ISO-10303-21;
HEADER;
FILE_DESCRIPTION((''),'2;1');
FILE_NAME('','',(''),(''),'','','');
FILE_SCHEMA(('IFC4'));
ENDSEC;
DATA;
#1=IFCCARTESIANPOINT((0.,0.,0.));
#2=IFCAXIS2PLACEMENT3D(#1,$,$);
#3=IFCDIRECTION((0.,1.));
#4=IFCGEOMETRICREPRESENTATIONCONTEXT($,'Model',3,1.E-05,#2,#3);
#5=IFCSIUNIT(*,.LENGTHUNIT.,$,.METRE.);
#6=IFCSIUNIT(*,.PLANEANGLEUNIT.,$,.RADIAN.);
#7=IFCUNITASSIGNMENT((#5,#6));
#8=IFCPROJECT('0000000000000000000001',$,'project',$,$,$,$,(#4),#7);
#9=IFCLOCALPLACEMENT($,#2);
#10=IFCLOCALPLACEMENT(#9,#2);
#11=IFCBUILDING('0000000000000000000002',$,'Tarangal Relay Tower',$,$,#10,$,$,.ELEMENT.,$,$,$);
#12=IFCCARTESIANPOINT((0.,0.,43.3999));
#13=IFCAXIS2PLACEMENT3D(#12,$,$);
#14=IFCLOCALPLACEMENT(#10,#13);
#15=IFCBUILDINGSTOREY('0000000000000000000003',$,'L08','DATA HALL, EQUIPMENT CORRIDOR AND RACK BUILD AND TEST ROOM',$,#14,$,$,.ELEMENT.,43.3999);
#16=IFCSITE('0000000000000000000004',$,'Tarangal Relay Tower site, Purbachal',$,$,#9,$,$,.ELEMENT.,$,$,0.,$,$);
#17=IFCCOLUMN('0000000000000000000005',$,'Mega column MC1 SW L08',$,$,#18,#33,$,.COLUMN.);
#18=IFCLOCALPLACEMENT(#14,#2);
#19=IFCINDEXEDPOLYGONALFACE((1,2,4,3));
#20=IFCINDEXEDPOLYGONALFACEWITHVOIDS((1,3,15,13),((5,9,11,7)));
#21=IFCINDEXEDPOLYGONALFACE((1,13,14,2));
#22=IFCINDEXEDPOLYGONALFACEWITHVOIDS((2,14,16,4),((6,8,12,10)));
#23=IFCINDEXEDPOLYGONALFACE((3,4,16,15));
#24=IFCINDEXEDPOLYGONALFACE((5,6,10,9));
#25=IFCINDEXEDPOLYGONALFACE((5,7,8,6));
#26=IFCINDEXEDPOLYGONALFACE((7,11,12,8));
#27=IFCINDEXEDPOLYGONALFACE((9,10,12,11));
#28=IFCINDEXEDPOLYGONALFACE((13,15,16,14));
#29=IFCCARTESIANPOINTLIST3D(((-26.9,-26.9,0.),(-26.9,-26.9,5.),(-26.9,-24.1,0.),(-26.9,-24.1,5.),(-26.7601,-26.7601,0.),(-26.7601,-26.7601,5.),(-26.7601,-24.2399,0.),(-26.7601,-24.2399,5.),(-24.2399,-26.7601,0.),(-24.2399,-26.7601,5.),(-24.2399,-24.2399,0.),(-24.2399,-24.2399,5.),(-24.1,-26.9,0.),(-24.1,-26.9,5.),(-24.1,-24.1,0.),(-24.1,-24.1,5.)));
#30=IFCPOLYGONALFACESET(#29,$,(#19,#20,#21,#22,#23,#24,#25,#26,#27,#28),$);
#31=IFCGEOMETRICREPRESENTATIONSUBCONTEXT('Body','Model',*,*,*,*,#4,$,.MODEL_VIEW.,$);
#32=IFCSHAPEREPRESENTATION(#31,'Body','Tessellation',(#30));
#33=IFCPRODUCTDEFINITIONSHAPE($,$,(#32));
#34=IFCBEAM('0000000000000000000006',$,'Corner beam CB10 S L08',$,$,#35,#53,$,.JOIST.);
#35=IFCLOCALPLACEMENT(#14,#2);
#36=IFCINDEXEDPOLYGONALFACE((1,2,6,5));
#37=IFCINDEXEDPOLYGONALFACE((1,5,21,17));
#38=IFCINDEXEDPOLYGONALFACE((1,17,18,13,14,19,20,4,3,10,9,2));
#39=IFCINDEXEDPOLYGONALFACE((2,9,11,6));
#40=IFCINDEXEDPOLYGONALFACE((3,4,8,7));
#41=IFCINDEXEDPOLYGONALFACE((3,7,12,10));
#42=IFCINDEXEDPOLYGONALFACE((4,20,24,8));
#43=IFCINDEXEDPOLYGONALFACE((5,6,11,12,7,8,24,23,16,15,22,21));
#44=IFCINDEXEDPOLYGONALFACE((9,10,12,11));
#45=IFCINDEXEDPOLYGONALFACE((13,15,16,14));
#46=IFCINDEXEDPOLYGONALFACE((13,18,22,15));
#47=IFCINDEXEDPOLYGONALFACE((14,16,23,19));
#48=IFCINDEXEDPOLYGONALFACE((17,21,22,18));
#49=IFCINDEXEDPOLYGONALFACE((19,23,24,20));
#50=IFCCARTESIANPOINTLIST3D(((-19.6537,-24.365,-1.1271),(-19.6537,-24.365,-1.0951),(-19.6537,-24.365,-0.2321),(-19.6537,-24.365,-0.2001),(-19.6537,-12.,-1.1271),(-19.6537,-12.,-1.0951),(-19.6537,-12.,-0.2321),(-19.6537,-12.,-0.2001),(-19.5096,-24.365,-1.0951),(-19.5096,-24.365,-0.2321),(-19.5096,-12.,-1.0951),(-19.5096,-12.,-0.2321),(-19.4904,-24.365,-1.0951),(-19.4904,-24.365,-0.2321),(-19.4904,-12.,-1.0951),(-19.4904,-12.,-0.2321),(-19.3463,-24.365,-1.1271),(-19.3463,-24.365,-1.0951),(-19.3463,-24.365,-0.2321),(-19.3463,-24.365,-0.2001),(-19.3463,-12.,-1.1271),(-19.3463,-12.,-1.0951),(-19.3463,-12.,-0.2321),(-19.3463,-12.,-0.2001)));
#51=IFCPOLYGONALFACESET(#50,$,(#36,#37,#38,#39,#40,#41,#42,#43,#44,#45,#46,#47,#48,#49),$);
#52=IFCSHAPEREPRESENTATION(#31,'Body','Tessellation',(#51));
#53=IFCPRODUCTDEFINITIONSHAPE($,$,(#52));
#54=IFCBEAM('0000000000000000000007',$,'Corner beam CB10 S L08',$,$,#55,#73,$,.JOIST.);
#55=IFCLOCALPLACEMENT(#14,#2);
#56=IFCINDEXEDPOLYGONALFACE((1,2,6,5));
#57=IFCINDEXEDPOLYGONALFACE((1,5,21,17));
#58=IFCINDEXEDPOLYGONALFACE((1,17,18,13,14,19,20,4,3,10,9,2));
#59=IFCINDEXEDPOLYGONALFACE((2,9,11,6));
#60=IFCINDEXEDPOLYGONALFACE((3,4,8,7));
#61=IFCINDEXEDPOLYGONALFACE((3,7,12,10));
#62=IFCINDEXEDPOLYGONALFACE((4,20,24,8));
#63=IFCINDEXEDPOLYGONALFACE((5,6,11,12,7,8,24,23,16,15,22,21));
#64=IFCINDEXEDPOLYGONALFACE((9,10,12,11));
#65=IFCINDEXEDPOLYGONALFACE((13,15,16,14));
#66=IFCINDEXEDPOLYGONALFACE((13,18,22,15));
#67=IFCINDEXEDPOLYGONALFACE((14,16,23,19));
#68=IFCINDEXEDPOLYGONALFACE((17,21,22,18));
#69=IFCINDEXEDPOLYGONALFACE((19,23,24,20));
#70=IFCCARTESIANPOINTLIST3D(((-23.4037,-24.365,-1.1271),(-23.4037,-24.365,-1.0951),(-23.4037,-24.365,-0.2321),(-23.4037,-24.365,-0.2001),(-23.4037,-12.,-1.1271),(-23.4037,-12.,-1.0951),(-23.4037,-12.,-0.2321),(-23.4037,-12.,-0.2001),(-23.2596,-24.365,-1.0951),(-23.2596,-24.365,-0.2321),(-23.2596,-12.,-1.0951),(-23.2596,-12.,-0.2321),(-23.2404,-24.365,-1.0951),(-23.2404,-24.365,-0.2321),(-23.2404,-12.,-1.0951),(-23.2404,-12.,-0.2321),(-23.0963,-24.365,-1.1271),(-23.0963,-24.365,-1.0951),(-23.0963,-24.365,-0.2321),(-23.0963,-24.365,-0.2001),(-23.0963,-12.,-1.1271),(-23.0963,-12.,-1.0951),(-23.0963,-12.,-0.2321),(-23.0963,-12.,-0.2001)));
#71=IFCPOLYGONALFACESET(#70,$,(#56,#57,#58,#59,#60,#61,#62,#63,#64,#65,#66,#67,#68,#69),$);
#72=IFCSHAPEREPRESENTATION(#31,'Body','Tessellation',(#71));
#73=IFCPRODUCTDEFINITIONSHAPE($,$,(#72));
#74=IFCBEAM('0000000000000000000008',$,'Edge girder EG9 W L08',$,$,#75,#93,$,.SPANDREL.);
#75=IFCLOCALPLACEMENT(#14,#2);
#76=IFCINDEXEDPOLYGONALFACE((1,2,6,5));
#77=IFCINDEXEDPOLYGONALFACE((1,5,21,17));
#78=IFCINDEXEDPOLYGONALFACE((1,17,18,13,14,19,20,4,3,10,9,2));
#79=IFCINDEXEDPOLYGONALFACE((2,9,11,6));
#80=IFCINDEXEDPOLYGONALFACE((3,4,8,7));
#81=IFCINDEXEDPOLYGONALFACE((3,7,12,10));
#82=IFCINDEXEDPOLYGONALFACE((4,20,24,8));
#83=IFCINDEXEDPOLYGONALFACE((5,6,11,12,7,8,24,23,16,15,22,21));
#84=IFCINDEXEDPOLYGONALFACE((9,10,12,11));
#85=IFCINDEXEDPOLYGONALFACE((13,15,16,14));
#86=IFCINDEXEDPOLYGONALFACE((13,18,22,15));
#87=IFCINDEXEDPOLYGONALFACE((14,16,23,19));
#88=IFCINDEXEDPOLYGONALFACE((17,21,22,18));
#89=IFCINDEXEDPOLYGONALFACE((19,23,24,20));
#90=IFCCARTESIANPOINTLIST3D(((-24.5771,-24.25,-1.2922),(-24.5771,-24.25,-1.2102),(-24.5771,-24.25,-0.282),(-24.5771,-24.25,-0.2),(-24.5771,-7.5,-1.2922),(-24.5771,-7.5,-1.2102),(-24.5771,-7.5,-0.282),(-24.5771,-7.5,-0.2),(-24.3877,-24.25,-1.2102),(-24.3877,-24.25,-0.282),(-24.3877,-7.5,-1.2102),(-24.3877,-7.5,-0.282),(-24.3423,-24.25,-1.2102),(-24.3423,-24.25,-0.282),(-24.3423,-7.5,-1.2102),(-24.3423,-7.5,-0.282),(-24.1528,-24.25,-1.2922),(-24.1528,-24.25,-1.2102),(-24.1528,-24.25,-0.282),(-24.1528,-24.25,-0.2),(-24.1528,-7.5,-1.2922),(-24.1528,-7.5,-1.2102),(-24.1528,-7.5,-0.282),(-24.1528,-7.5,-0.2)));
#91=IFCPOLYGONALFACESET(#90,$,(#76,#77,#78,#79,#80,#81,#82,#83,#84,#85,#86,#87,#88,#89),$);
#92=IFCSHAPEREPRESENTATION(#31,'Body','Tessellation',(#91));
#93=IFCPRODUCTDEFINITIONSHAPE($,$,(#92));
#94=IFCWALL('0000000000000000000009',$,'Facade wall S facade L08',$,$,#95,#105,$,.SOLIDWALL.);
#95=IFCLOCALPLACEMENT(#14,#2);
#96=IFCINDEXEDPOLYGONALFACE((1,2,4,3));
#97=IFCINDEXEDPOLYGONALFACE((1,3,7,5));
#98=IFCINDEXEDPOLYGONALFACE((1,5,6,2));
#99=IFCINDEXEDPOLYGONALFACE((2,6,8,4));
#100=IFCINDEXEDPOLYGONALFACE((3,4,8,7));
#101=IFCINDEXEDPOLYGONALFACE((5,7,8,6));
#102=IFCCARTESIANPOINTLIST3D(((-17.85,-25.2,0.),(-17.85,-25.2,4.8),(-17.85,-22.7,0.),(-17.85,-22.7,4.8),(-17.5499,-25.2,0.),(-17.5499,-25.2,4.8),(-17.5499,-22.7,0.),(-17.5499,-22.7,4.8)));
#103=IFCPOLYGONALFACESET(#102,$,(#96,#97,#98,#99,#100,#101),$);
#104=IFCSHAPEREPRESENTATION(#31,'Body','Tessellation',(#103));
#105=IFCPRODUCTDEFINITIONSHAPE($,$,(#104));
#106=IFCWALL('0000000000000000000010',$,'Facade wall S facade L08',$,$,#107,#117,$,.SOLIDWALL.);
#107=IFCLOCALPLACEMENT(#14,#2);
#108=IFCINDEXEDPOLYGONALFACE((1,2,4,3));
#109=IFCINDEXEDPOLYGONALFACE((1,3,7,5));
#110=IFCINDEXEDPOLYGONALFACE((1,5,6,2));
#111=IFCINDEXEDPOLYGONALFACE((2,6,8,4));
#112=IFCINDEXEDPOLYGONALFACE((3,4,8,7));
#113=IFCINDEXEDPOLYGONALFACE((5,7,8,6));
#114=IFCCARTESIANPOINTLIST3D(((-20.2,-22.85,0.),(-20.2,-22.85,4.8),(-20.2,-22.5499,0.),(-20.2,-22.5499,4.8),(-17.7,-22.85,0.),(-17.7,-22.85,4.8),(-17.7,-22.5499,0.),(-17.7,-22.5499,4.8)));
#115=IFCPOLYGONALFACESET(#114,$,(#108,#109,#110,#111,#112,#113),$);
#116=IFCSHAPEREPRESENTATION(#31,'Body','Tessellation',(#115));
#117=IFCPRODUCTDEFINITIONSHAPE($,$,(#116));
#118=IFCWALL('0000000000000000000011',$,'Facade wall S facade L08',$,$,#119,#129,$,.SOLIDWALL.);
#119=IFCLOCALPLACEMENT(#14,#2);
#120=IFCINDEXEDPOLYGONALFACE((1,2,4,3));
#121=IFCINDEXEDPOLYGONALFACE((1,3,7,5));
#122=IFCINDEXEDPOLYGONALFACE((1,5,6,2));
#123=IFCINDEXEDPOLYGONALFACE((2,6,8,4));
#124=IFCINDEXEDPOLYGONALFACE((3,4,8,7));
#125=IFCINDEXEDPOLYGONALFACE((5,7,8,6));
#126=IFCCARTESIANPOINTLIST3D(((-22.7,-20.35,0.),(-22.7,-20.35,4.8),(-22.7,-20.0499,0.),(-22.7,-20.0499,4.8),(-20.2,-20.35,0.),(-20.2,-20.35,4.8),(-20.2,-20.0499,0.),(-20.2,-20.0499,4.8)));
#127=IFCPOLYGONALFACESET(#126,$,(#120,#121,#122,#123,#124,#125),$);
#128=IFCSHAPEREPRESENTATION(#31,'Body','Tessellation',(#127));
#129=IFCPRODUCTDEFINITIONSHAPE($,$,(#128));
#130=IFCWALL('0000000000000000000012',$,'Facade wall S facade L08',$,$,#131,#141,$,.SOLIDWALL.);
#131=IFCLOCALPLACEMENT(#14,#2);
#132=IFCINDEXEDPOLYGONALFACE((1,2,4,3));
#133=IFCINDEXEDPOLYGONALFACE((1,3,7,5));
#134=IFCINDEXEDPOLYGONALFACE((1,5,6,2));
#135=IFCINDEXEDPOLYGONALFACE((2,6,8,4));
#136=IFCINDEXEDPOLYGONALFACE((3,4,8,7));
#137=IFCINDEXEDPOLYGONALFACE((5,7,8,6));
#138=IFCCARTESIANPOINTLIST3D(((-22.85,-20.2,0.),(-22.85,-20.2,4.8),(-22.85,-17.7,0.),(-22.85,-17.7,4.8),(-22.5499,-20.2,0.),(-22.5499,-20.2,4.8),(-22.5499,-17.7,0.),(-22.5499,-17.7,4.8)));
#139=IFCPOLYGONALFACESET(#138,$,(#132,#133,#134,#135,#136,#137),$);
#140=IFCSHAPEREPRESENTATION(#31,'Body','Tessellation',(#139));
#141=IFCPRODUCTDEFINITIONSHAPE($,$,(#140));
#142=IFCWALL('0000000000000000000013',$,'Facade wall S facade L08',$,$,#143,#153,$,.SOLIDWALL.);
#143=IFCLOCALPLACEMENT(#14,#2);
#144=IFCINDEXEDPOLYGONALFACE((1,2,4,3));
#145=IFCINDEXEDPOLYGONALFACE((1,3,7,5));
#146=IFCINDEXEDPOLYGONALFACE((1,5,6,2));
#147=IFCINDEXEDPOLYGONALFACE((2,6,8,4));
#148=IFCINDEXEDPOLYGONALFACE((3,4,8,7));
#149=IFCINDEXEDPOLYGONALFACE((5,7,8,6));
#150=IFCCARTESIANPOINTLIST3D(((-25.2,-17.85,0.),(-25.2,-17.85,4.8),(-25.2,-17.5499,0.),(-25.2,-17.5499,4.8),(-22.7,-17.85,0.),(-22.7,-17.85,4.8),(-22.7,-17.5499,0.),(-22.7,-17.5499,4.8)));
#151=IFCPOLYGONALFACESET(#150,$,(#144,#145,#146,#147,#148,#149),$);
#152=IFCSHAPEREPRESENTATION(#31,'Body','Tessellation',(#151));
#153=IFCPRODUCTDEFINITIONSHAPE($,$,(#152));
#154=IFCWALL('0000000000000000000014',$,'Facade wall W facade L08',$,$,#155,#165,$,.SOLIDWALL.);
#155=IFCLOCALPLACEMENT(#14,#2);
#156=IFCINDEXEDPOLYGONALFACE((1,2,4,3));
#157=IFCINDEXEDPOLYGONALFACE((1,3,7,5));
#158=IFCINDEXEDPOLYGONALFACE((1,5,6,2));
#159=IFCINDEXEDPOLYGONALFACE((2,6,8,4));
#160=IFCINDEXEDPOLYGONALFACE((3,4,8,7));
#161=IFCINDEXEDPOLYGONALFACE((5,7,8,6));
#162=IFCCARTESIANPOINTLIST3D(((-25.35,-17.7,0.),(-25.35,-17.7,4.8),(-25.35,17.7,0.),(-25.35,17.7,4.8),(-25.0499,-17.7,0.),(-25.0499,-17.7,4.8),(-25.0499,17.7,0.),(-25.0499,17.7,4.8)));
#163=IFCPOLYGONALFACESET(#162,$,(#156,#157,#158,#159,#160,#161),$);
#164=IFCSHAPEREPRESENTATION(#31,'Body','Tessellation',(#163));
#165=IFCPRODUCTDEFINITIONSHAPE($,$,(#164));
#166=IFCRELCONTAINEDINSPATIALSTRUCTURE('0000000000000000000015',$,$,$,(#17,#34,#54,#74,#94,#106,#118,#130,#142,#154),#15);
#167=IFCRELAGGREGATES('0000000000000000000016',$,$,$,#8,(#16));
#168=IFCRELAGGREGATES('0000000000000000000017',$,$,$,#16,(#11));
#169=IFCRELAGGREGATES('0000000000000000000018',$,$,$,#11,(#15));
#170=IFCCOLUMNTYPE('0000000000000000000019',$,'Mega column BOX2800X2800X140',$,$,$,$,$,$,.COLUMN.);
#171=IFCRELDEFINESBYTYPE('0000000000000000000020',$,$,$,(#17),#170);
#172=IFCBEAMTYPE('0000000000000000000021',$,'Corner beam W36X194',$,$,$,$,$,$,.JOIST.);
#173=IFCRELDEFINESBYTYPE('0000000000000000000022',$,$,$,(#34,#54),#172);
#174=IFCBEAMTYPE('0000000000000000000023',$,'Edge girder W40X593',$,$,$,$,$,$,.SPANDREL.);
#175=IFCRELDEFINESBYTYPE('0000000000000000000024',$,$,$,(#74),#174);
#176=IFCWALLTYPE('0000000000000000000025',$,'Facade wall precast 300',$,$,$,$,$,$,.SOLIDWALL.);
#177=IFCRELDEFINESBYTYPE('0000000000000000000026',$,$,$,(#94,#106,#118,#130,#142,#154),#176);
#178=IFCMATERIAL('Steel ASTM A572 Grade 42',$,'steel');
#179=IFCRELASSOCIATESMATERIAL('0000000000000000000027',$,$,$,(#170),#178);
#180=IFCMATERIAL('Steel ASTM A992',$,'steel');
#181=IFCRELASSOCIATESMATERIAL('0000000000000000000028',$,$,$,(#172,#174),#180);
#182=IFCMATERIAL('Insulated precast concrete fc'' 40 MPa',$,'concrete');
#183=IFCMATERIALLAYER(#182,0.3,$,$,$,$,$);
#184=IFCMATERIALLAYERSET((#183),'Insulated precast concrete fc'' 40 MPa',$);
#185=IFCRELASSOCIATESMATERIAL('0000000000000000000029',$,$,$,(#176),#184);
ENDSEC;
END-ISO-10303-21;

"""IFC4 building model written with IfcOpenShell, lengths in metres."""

from ifc_helpers import new_model, si_unit, direction, frame, frame_2d, origin, origin_2d, place, context, subcontext, project, spatial, rectangle, hollow_rectangle, i_section, extrude, material, layer, layer_set, material_profile, profile_set, type_object, element, save


model = new_model("IFC4")

# Units and contexts
model_context = context("Model", 3, precision=1e-05, world=origin(), true_north=direction((0.0, 1.0)))
body_context = subcontext(model_context, "Body", "Model", "MODEL_VIEW")
ifc_project = project(units=[si_unit("LENGTHUNIT", "METRE"), si_unit("PLANEANGLEUNIT", "RADIAN")], contexts=[model_context])

# Site, building, storey
site_placement = place(None, origin())
site = spatial("IfcSite", under=ifc_project, at=site_placement, Name="Tarangal Relay Tower site, Purbachal", CompositionType="ELEMENT", RefElevation=0.0)
building_placement = place(site_placement, origin())
building = spatial("IfcBuilding", under=site, at=building_placement, Name="Tarangal Relay Tower", CompositionType="ELEMENT")
storey_placement = place(building_placement, frame((0.0, 0.0, 43.3999)))
storey = spatial("IfcBuildingStorey", under=building, at=storey_placement, Name="L08", Description="DATA HALL, EQUIPMENT CORRIDOR AND RACK BUILD AND TEST ROOM", CompositionType="ELEMENT", Elevation=43.3999)

# Column
ifc_material_1 = material(Name="Steel ASTM A572 Grade 42", Category="steel")
ifc_material_profile_1 = material_profile(ifc_material_1, hollow_rectangle(XDim=2.8, YDim=2.8, WallThickness=0.1399, at=origin_2d()), Name="BOX2800X2800X140")
ifc_profile_set_1 = profile_set([ifc_material_profile_1], Name="Steel ASTM A572 Grade 42")
column_type = type_object("IfcColumnType", Name="Mega column BOX2800X2800X140", PredefinedType="COLUMN", material=ifc_profile_set_1)
column_placement = place(storey_placement, frame((-25.5, -25.5, 0.0), z_axis=(0.0, 0.0, 1.0), x_axis=(1.0, 0.0, 0.0)))
element("IfcColumn", 1, at=column_placement, inside=storey, type_object=column_type, Name="Mega column MC1 SW L08", PredefinedType="COLUMN", context=body_context, shape_type="SweptSolid", body=[
    extrude(hollow_rectangle(XDim=2.8, YDim=2.8, WallThickness=0.1399, at=origin_2d()), origin(), (0.0, 0.0, 1.0), 5.0),
])

# Beams
ifc_material_2 = material(Name="Steel ASTM A992", Category="steel")
ifc_material_profile_2 = material_profile(ifc_material_2, i_section(OverallWidth=0.3074, OverallDepth=0.927, WebThickness=0.0193, FlangeThickness=0.032, at=origin_2d()), Name="W36X194")
ifc_profile_set_2 = profile_set([ifc_material_profile_2], Name="Steel ASTM A992")
beam_type_1 = type_object("IfcBeamType", Name="Corner beam W36X194", PredefinedType="JOIST", material=ifc_profile_set_2)
for number, where, z_axis, x_axis, name in (
    (2, (-19.5, -12.0, -0.6636), (0.0, -1.0, 0.0), (1.0, 0.0, 0.0), "Corner beam CB10 S L08"),
    (3, (-23.25, -12.0, -0.6636), (0.0, -1.0, 0.0), (1.0, 0.0, 0.0), "Corner beam CB10 S L08"),
):
    element("IfcBeam", number, at=place(storey_placement, frame(where, z_axis=z_axis, x_axis=x_axis)), inside=storey, type_object=beam_type_1, Name=name, PredefinedType="JOIST", context=body_context, shape_type="SweptSolid", body=[
        extrude(i_section(OverallWidth=0.3074, OverallDepth=0.927, WebThickness=0.0193, FlangeThickness=0.032, at=origin_2d()), origin(), (0.0, 0.0, 1.0), 12.365),
    ])
ifc_material_profile_3 = material_profile(ifc_material_2, i_section(OverallWidth=0.4243, OverallDepth=1.0923, WebThickness=0.0454, FlangeThickness=0.082, at=origin_2d()), Name="W40X593")
ifc_profile_set_3 = profile_set([ifc_material_profile_3], Name="Steel ASTM A992")
beam_type_2 = type_object("IfcBeamType", Name="Edge girder W40X593", PredefinedType="SPANDREL", material=ifc_profile_set_3)
beam_placement = place(storey_placement, frame((-24.365, -24.25, -0.7461), z_axis=(0.0, 1.0, 0.0), x_axis=(-1.0, 0.0, 0.0)))
element("IfcBeam", 4, at=beam_placement, inside=storey, type_object=beam_type_2, Name="Edge girder EG9 W L08", PredefinedType="SPANDREL", context=body_context, shape_type="SweptSolid", body=[
    extrude(i_section(OverallWidth=0.4243, OverallDepth=1.0923, WebThickness=0.0454, FlangeThickness=0.082, at=origin_2d()), origin(), (0.0, 0.0, 1.0), 16.75),
])

# Walls
ifc_material_3 = material(Name="Insulated precast concrete fc' 40 MPa", Category="concrete")
ifc_layer_1 = layer(ifc_material_3, 0.3)
ifc_layer_set_1 = layer_set([ifc_layer_1], Name="Insulated precast concrete fc' 40 MPa")
wall_type_1 = type_object("IfcWallType", Name="Facade wall precast 300", PredefinedType="SOLIDWALL", material=ifc_layer_set_1)
for number, where, z_axis, x_axis, name in (
    (5, (-17.7, -25.2, 0.0), (0.0, 0.0, 1.0), (0.0, 1.0, 0.0), "Facade wall S facade L08"),
    (6, (-17.7, -22.7, 0.0), (0.0, 0.0, 1.0), (-1.0, 0.0, 0.0), "Facade wall S facade L08"),
):
    element("IfcWall", number, at=place(storey_placement, frame(where, z_axis=z_axis, x_axis=x_axis)), inside=storey, type_object=wall_type_1, Name=name, PredefinedType="SOLIDWALL", context=body_context, shape_type="SweptSolid", body=[
        extrude(rectangle(XDim=2.5, YDim=0.3, at=frame_2d((1.25, 0.0))), origin(), (0.0, 0.0, 1.0), 4.8),
    ])

# Walls
for number, where, z_axis, x_axis, name in (
    (7, (-20.2, -20.2, 0.0), (0.0, 0.0, 1.0), (-1.0, 0.0, 0.0), "Facade wall S facade L08"),
    (8, (-22.7, -20.2, 0.0), (0.0, 0.0, 1.0), (0.0, 1.0, 0.0), "Facade wall S facade L08"),
    (9, (-22.7, -17.7, 0.0), (0.0, 0.0, 1.0), (-1.0, 0.0, 0.0), "Facade wall S facade L08"),
):
    element("IfcWall", number, at=place(storey_placement, frame(where, z_axis=z_axis, x_axis=x_axis)), inside=storey, type_object=wall_type_1, Name=name, PredefinedType="SOLIDWALL", context=body_context, shape_type="SweptSolid", body=[
        extrude(rectangle(XDim=2.5, YDim=0.3, at=frame_2d((1.25, 0.0))), origin(), (0.0, 0.0, 1.0), 4.8),
    ])
wall_1_placement = place(storey_placement, frame((-25.2, -17.7, 0.0), z_axis=(0.0, 0.0, 1.0), x_axis=(0.0, 1.0, 0.0)))
element("IfcWall", 10, at=wall_1_placement, inside=storey, type_object=wall_type_1, Name="Facade wall W facade L08", PredefinedType="SOLIDWALL", context=body_context, shape_type="SweptSolid", body=[
    extrude(rectangle(XDim=35.3999, YDim=0.3, at=frame_2d((17.7, 0.0))), origin(), (0.0, 0.0, 1.0), 4.8),
])

save(model, "model.ifc")
